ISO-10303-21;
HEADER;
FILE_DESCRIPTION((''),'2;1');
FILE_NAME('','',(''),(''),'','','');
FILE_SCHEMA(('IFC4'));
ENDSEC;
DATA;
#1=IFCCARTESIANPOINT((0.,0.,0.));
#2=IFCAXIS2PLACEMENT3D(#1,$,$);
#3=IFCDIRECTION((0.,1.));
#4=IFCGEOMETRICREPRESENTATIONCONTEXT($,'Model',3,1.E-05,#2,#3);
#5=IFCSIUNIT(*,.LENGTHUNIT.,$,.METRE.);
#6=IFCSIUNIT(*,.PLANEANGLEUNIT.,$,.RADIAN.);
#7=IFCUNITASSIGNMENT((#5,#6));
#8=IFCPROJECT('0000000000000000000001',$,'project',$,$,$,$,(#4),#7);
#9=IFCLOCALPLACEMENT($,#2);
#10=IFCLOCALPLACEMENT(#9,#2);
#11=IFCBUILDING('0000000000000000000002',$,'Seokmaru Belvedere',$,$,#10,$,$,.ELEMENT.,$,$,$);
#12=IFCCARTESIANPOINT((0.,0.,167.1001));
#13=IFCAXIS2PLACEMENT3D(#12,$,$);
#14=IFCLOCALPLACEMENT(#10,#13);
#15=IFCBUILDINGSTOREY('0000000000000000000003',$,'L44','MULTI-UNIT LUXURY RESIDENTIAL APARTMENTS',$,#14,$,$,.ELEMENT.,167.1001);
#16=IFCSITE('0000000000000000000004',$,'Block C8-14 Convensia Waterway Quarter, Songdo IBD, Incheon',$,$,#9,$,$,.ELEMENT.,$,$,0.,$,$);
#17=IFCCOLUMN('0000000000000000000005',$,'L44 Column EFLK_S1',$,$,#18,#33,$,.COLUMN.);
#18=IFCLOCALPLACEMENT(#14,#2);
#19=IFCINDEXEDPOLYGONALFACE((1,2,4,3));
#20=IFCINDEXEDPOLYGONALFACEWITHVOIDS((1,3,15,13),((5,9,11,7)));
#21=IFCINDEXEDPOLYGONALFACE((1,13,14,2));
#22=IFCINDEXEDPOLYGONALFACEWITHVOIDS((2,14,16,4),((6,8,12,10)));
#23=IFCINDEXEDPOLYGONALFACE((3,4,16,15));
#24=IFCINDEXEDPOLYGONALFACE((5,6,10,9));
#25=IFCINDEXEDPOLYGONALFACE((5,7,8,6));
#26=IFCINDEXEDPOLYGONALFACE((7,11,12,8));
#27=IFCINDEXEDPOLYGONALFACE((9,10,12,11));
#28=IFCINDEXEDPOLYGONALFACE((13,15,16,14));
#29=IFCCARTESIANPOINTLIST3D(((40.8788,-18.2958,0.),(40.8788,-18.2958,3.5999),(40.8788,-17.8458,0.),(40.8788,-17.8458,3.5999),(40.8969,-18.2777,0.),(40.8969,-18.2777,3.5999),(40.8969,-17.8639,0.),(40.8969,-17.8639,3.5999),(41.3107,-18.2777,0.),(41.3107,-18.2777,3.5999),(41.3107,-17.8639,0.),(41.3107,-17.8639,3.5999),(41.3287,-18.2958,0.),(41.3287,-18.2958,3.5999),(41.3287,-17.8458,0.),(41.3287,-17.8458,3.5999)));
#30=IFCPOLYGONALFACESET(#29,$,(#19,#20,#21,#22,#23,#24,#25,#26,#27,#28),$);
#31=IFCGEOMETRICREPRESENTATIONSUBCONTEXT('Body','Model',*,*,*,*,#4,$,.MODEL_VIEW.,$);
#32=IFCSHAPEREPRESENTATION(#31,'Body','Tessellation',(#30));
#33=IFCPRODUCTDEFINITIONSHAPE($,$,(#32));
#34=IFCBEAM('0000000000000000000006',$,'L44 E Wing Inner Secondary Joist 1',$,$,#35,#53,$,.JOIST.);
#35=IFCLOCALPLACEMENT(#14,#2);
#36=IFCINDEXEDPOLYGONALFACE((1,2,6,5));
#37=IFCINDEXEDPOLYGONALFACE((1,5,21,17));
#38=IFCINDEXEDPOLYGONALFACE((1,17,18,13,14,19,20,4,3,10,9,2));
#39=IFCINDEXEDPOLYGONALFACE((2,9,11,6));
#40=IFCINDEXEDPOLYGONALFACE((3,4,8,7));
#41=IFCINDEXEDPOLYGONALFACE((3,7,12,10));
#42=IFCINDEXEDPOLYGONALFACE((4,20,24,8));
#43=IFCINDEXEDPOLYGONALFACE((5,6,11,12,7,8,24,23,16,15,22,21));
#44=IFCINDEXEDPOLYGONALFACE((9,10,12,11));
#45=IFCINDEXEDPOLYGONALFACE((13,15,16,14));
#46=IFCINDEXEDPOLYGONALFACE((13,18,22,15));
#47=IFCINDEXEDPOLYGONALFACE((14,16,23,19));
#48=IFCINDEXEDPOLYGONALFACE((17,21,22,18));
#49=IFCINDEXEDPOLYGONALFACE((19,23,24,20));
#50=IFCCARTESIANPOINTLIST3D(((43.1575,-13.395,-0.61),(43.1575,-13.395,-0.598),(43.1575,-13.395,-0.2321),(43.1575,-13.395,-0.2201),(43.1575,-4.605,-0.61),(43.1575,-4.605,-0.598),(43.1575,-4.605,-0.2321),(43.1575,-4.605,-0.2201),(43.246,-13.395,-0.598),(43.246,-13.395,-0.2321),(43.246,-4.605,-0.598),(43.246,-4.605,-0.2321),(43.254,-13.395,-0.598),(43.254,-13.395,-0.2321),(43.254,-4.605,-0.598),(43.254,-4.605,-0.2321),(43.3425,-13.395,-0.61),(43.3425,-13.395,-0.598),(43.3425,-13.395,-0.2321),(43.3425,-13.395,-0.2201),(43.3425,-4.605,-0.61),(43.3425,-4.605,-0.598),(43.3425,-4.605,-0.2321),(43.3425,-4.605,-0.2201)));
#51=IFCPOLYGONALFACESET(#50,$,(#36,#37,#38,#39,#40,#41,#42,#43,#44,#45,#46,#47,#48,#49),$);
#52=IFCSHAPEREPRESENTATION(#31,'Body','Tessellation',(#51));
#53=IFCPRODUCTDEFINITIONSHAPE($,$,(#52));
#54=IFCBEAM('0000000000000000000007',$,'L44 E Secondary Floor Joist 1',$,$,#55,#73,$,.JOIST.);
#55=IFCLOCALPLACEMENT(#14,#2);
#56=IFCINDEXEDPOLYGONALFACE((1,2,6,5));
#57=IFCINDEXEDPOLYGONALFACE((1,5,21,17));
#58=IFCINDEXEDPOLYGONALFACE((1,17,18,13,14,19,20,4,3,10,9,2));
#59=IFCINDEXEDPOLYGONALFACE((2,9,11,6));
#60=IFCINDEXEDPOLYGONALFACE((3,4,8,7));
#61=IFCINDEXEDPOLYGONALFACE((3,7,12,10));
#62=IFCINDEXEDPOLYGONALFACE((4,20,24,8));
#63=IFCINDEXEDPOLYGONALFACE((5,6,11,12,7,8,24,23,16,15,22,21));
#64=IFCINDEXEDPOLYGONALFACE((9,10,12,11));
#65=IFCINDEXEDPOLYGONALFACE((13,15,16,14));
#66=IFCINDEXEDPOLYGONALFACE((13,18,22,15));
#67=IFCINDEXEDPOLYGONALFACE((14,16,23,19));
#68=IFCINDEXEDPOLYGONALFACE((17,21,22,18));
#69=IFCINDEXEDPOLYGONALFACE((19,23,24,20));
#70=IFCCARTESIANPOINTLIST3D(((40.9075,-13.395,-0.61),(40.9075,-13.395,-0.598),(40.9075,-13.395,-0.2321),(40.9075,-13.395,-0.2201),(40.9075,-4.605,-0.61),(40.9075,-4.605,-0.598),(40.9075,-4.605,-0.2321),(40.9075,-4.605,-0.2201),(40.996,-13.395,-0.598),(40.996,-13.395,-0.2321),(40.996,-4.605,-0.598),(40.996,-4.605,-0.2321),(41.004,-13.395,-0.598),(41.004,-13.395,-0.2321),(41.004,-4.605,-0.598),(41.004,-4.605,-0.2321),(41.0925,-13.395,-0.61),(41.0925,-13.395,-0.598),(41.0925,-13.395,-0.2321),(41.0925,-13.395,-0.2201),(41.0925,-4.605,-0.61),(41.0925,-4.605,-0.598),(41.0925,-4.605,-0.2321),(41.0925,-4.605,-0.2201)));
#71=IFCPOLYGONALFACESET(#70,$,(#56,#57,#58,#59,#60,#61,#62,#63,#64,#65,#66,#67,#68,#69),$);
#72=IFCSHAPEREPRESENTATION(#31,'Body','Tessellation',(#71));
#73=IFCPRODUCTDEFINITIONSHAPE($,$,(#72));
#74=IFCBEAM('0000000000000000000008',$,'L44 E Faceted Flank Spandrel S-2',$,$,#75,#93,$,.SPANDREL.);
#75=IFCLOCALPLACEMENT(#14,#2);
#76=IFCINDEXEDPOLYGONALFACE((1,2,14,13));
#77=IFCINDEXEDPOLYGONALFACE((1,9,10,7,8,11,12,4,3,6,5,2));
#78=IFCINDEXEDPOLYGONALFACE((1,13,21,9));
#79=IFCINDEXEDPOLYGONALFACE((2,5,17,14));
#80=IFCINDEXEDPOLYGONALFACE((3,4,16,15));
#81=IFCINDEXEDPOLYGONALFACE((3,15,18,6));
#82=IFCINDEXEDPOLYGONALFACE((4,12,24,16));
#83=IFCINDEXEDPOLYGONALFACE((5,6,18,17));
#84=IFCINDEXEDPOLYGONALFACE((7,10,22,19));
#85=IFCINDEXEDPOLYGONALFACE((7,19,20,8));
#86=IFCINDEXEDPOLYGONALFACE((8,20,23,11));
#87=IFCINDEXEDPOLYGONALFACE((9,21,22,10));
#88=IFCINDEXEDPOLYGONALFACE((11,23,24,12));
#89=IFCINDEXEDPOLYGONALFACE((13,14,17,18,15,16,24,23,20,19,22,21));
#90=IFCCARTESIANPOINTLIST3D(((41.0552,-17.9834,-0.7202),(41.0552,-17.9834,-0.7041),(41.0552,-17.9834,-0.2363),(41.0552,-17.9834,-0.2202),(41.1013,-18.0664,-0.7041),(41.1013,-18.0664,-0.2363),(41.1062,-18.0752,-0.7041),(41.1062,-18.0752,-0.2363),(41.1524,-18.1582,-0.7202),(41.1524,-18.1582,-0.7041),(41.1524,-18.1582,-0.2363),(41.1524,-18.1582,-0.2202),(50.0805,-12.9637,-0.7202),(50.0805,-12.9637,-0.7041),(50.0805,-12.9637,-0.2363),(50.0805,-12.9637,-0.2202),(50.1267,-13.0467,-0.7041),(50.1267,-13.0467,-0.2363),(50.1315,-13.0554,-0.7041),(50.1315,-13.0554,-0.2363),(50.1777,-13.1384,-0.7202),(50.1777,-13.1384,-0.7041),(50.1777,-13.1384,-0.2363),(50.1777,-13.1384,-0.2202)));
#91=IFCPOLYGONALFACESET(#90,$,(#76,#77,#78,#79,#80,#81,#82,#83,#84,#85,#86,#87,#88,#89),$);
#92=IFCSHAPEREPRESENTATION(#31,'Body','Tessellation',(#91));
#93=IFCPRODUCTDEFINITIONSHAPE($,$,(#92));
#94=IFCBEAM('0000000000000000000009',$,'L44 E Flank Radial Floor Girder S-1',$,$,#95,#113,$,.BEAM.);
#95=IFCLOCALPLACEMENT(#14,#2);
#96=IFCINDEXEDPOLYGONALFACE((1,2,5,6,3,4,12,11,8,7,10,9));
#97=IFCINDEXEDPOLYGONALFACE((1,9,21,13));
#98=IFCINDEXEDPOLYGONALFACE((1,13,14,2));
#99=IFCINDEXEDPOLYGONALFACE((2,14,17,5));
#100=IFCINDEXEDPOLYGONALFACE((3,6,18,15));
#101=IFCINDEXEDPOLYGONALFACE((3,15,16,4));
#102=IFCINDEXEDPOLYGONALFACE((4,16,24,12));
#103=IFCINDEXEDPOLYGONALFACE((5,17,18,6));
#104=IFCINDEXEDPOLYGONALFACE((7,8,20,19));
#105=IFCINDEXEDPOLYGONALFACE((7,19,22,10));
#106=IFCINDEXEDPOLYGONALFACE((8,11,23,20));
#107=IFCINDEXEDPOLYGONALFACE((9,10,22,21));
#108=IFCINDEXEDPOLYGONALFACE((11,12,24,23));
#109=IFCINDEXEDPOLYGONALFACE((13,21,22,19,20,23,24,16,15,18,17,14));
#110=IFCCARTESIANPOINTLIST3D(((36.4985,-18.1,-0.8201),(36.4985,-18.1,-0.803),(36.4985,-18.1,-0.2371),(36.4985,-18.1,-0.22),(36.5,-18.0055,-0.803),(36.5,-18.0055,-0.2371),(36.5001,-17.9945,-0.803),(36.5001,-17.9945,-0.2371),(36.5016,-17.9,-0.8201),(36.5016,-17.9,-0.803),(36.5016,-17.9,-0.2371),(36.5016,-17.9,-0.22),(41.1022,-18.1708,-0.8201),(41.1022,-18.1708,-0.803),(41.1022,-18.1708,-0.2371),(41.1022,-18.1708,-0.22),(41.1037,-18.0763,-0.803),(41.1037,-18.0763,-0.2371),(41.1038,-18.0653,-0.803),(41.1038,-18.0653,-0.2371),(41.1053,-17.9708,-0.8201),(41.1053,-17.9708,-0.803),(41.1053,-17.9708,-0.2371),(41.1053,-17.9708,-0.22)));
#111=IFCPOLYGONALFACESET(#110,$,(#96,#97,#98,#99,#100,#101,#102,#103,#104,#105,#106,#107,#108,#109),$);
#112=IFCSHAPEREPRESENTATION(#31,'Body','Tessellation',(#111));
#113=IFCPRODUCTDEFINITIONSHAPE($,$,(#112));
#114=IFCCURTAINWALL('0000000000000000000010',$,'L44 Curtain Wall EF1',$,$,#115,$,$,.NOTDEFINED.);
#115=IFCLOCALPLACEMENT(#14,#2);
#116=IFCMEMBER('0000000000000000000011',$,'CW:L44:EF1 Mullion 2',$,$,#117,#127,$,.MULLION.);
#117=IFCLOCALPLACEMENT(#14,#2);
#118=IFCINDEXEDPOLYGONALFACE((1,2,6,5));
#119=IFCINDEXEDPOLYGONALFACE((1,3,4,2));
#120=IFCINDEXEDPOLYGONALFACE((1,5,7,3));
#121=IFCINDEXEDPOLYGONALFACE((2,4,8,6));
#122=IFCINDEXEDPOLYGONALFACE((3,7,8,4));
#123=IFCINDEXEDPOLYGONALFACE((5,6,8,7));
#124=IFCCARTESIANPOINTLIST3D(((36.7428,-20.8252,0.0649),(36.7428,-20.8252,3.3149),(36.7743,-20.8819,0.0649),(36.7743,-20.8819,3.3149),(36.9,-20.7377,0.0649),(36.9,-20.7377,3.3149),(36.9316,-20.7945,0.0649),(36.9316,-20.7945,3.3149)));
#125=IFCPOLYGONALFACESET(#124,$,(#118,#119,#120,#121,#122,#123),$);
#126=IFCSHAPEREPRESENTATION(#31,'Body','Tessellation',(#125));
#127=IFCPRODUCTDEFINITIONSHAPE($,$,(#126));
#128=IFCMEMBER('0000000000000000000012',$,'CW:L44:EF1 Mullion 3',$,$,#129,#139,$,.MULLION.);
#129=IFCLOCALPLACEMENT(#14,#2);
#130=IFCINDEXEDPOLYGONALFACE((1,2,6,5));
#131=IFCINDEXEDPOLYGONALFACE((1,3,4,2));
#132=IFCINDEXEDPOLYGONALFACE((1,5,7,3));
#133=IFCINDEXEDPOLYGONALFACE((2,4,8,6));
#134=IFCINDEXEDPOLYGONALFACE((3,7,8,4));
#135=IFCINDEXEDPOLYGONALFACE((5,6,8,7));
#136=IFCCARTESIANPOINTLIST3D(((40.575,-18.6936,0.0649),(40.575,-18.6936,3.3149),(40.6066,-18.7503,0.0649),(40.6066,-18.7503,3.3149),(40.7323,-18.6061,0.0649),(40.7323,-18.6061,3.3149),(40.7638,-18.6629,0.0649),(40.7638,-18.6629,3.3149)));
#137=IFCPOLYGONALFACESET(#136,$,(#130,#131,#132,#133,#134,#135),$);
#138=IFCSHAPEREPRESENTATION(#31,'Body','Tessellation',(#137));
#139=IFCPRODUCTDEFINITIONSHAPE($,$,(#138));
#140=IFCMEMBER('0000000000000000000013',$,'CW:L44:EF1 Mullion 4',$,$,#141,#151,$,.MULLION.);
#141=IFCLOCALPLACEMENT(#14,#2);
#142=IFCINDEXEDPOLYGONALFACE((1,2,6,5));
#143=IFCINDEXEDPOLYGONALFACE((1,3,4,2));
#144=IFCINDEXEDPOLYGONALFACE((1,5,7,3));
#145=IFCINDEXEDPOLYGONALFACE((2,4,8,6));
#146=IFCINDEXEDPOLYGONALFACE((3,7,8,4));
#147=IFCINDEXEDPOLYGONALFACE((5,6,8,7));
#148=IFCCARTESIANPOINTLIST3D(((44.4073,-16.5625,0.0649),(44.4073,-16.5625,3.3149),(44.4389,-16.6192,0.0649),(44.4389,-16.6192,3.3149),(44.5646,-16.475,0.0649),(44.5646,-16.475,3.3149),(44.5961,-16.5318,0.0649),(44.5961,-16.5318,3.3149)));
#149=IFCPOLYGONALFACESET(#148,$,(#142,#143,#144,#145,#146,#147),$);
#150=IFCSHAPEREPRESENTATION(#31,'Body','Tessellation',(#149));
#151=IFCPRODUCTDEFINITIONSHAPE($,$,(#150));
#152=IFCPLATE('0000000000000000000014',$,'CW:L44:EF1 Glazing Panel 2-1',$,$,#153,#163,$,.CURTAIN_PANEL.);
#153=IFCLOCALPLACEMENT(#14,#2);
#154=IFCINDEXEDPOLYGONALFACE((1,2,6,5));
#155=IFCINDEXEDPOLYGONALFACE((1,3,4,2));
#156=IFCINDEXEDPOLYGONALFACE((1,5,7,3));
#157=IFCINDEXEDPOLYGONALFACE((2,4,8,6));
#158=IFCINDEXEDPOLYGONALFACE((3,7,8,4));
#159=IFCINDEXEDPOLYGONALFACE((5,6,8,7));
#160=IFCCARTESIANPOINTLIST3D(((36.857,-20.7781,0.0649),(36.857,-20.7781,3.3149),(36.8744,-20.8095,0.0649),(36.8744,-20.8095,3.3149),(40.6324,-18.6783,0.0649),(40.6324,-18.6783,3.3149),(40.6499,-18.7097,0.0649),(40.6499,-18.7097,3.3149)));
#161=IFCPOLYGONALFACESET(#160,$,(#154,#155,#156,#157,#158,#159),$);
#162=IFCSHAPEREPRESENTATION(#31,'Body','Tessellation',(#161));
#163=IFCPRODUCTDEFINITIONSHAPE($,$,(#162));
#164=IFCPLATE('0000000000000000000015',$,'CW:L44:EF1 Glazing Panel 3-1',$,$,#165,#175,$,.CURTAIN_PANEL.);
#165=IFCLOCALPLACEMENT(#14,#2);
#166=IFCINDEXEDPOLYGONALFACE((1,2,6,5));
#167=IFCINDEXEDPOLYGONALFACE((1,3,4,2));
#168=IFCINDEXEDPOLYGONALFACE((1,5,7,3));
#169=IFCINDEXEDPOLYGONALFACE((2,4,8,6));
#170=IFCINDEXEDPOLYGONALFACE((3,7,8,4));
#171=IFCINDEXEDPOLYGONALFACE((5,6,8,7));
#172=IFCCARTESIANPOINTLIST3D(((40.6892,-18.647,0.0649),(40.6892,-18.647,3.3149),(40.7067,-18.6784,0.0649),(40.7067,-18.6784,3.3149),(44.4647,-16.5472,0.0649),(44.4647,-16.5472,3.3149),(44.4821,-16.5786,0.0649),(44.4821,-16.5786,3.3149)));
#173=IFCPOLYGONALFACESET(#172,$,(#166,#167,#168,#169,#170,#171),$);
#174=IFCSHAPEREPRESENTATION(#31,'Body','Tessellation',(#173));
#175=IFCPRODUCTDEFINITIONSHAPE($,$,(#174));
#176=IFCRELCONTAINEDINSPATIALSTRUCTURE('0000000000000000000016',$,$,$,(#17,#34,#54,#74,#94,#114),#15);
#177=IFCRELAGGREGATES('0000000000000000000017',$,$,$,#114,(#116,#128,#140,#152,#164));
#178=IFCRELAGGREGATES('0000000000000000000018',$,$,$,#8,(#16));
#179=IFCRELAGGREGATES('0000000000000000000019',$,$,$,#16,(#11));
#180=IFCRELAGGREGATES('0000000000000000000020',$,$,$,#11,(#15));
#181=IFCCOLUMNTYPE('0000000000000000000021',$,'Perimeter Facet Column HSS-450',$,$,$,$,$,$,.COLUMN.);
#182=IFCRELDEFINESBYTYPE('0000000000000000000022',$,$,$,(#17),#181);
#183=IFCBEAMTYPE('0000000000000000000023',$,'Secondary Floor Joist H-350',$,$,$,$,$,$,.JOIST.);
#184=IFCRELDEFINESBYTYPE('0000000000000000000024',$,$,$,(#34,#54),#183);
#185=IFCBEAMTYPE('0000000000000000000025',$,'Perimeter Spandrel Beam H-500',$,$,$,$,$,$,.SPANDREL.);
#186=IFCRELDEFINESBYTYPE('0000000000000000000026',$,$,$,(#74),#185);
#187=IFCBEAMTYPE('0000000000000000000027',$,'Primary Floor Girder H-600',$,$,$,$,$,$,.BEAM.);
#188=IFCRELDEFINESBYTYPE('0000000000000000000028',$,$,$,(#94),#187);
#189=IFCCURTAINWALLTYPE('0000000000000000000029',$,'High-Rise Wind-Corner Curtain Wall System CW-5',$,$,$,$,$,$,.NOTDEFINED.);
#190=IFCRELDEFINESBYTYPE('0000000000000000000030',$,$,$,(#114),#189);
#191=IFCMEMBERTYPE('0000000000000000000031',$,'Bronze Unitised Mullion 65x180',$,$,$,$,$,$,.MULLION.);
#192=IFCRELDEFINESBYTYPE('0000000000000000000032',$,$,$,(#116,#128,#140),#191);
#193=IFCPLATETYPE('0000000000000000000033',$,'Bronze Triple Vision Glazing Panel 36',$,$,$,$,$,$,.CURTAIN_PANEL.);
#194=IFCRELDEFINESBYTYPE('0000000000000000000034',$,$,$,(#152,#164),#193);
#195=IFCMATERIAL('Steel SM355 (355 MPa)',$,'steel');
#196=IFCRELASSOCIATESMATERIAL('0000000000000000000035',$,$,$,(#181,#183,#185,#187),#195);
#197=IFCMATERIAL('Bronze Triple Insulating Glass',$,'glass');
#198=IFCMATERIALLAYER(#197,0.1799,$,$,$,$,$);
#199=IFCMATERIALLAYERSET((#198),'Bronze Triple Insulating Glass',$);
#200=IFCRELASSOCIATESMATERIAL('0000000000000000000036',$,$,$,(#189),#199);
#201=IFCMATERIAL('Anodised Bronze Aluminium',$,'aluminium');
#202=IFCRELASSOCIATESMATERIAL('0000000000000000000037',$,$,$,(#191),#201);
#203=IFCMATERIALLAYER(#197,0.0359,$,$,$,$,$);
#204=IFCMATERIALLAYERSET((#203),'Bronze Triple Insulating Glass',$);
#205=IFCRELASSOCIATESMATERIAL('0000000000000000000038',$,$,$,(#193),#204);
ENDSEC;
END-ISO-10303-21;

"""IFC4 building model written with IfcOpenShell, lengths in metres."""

from ifc_helpers import new_model, si_unit, direction, frame, origin, origin_2d, place, context, subcontext, project, spatial, rectangle, hollow_rectangle, i_section, extrude, source, transform, mapped, material, layer, layer_set, material_profile, profile_set, type_object, type_shapes, element, aggregate, save


model = new_model("IFC4")

# Units and contexts
model_context = context("Model", 3, precision=1e-05, world=origin(), true_north=direction((0.0, 1.0)))
body_context = subcontext(model_context, "Body", "Model", "MODEL_VIEW")
ifc_project = project(units=[si_unit("LENGTHUNIT", "METRE"), si_unit("PLANEANGLEUNIT", "RADIAN")], contexts=[model_context])

# Site, building, storey
site_placement = place(None, origin())
site = spatial("IfcSite", under=ifc_project, at=site_placement, Name="Block C8-14 Convensia Waterway Quarter, Songdo IBD, Incheon", CompositionType="ELEMENT", RefElevation=0.0)
building_placement = place(site_placement, origin())
building = spatial("IfcBuilding", under=site, at=building_placement, Name="Seokmaru Belvedere", CompositionType="ELEMENT")
storey_placement = place(building_placement, frame((0.0, 0.0, 167.1001)))
storey = spatial("IfcBuildingStorey", under=building, at=storey_placement, Name="L44", Description="MULTI-UNIT LUXURY RESIDENTIAL APARTMENTS", CompositionType="ELEMENT", Elevation=167.1001)

# Column
ifc_material_1 = material(Name="Steel SM355 (355 MPa)", Category="steel")
ifc_material_profile_1 = material_profile(ifc_material_1, hollow_rectangle(XDim=0.45, YDim=0.45, WallThickness=0.0181, at=origin_2d()), Name="HSS-450x450x18")
ifc_profile_set_1 = profile_set([ifc_material_profile_1], Name="Steel SM355 (355 MPa)")
column_type = type_object("IfcColumnType", Name="Perimeter Facet Column HSS-450", PredefinedType="COLUMN", material=ifc_profile_set_1)
shared_shape_1 = source(origin(), body_context, "Body", "SweptSolid", [
    extrude(hollow_rectangle(XDim=0.45, YDim=0.45, WallThickness=0.0181, at=origin_2d()), origin(), (0.0, 0.0, 1.0), 3.5999),
])
type_shapes(column_type, [shared_shape_1])
column_placement = place(storey_placement, frame((41.1038, -18.0708, 0.0), z_axis=(0.0, 0.0, 1.0), x_axis=(1.0, 0.0, 0.0)))
element("IfcColumn", 1, at=column_placement, inside=storey, type_object=column_type, Name="L44 Column EFLK_S1", PredefinedType="COLUMN", context=body_context, shape_type="MappedRepresentation", body=[
    mapped(shared_shape_1, transform((0.0, 0.0, 0.0), scale=1.0)),
])

# Beams
ifc_material_profile_2 = material_profile(ifc_material_1, i_section(OverallWidth=0.1851, OverallDepth=0.3899, WebThickness=0.0081, FlangeThickness=0.012, at=origin_2d()), Name="H-390x185x8x12")
ifc_profile_set_2 = profile_set([ifc_material_profile_2], Name="Steel SM355 (355 MPa)")
beam_type_1 = type_object("IfcBeamType", Name="Secondary Floor Joist H-350", PredefinedType="JOIST", material=ifc_profile_set_2)
shared_shape_2 = source(origin(), body_context, "Body", "SweptSolid", [
    extrude(i_section(OverallWidth=0.1851, OverallDepth=0.3899, WebThickness=0.0081, FlangeThickness=0.012, at=origin_2d()), origin(), (0.0, 0.0, 1.0), 8.79),
])
type_shapes(beam_type_1, [shared_shape_2])
for number, where, z_axis, x_axis, name in (
    (2, (43.25, -13.395, -0.415), (0.0, 1.0, 0.0), (-1.0, 0.0, 0.0), "L44 E Wing Inner Secondary Joist 1"),
    (3, (41.0, -13.395, -0.415), (0.0, 1.0, 0.0), (-1.0, 0.0, 0.0), "L44 E Secondary Floor Joist 1"),
):
    element("IfcBeam", number, at=place(storey_placement, frame(where, z_axis=z_axis, x_axis=x_axis)), inside=storey, type_object=beam_type_1, Name=name, PredefinedType="JOIST", context=body_context, shape_type="MappedRepresentation", body=[
        mapped(shared_shape_2, transform((0.0, 0.0, 0.0), scale=1.0)),
    ])
ifc_material_profile_3 = material_profile(ifc_material_1, i_section(OverallWidth=0.2, OverallDepth=0.5, WebThickness=0.01, FlangeThickness=0.0161, at=origin_2d()), Name="H-500x200x10x16")
ifc_profile_set_3 = profile_set([ifc_material_profile_3], Name="Steel SM355 (355 MPa)")
beam_type_2 = type_object("IfcBeamType", Name="Perimeter Spandrel Beam H-500", PredefinedType="SPANDREL", material=ifc_profile_set_3)
shared_shape_3 = source(origin(), body_context, "Body", "SweptSolid", [
    extrude(i_section(OverallWidth=0.2, OverallDepth=0.5, WebThickness=0.01, FlangeThickness=0.0161, at=origin_2d()), origin(), (0.0, 0.0, 1.0), 10.3274),
])
type_shapes(beam_type_2, [shared_shape_3])
beam_1_placement = place(storey_placement, frame((41.1038, -18.0708, -0.4702), z_axis=(0.873924, 0.486062, 0.0), x_axis=(-0.486062, 0.873924, 0.0)))
element("IfcBeam", 4, at=beam_1_placement, inside=storey, type_object=beam_type_2, Name="L44 E Faceted Flank Spandrel S-2", PredefinedType="SPANDREL", context=body_context, shape_type="MappedRepresentation", body=[
    mapped(shared_shape_3, transform((0.0, 0.0, 0.0), scale=1.0)),
])
ifc_material_profile_4 = material_profile(ifc_material_1, i_section(OverallWidth=0.2, OverallDepth=0.6001, WebThickness=0.011, FlangeThickness=0.0171, at=origin_2d()), Name="H-600x200x11x17")
ifc_profile_set_4 = profile_set([ifc_material_profile_4], Name="Steel SM355 (355 MPa)")
beam_type_3 = type_object("IfcBeamType", Name="Primary Floor Girder H-600", PredefinedType="BEAM", material=ifc_profile_set_4)
shared_shape_4 = source(origin(), body_context, "Body", "SweptSolid", [
    extrude(i_section(OverallWidth=0.2, OverallDepth=0.6001, WebThickness=0.011, FlangeThickness=0.0171, at=origin_2d()), origin(), (0.0, 0.0, 1.0), 4.6042),
])
type_shapes(beam_type_3, [shared_shape_4])
beam_2_placement = place(storey_placement, frame((41.1038, -18.0708, -0.52), z_axis=(-0.999882, 0.015377, 0.0), x_axis=(-0.015377, -0.999882, 0.0)))
element("IfcBeam", 5, at=beam_2_placement, inside=storey, type_object=beam_type_3, Name="L44 E Flank Radial Floor Girder S-1", PredefinedType="BEAM", context=body_context, shape_type="MappedRepresentation", body=[
    mapped(shared_shape_4, transform((0.0, 0.0, 0.0), scale=1.0)),
])

# Curtain wall, members, plates
ifc_material_2 = material(Name="Bronze Triple Insulating Glass", Category="glass")
ifc_layer_1 = layer(ifc_material_2, 0.1799)
ifc_layer_set_1 = layer_set([ifc_layer_1], Name="Bronze Triple Insulating Glass")
curtain_wall_type = type_object("IfcCurtainWallType", Name="High-Rise Wind-Corner Curtain Wall System CW-5", PredefinedType="NOTDEFINED", material=ifc_layer_set_1)
curtain_wall_placement = place(storey_placement, origin())
curtain_wall = element("IfcCurtainWall", 6, at=curtain_wall_placement, inside=storey, type_object=curtain_wall_type, Name="L44 Curtain Wall EF1", PredefinedType="NOTDEFINED")
ifc_material_3 = material(Name="Anodised Bronze Aluminium", Category="aluminium")
ifc_material_profile_5 = material_profile(ifc_material_3, rectangle(XDim=0.0649, YDim=0.1799, at=origin_2d()), Name="CW-M-65x180")
ifc_profile_set_5 = profile_set([ifc_material_profile_5], Name="Anodised Bronze Aluminium")
member_type = type_object("IfcMemberType", Name="Bronze Unitised Mullion 65x180", PredefinedType="MULLION", material=ifc_profile_set_5)
shared_shape_5 = source(origin(), body_context, "Body", "SweptSolid", [
    extrude(rectangle(XDim=0.0649, YDim=0.1799, at=origin_2d()), origin(), (0.0, 0.0, 1.0), 3.25),
])
type_shapes(member_type, [shared_shape_5])
member_1_placement = place(storey_placement, frame((36.8372, -20.8098, 0.0649), z_axis=(0.0, 0.0, 1.0), x_axis=(-0.486047, 0.873933, 0.0)))
member_1 = element("IfcMember", 7, at=member_1_placement, type_object=member_type, Name="CW:L44:EF1 Mullion 2", PredefinedType="MULLION", context=body_context, shape_type="MappedRepresentation", body=[
    mapped(shared_shape_5, transform((0.0, 0.0, 0.0), scale=1.0)),
])
member_2_placement = place(storey_placement, frame((40.6694, -18.6782, 0.0649), z_axis=(0.0, 0.0, 1.0), x_axis=(-0.486047, 0.873933, 0.0)))
member_2 = element("IfcMember", 8, at=member_2_placement, type_object=member_type, Name="CW:L44:EF1 Mullion 3", PredefinedType="MULLION", context=body_context, shape_type="MappedRepresentation", body=[
    mapped(shared_shape_5, transform((0.0, 0.0, 0.0), scale=1.0)),
])
member_3_placement = place(storey_placement, frame((44.5017, -16.5471, 0.0649), z_axis=(0.0, 0.0, 1.0), x_axis=(-0.486047, 0.873933, 0.0)))
member_3 = element("IfcMember", 9, at=member_3_placement, type_object=member_type, Name="CW:L44:EF1 Mullion 4", PredefinedType="MULLION", context=body_context, shape_type="MappedRepresentation", body=[
    mapped(shared_shape_5, transform((0.0, 0.0, 0.0), scale=1.0)),
])
ifc_layer_2 = layer(ifc_material_2, 0.0359)
ifc_layer_set_2 = layer_set([ifc_layer_2], Name="Bronze Triple Insulating Glass")
plate_type = type_object("IfcPlateType", Name="Bronze Triple Vision Glazing Panel 36", PredefinedType="CURTAIN_PANEL", material=ifc_layer_set_2)
shared_shape_6 = source(origin(), body_context, "Body", "SweptSolid", [
    extrude(rectangle(XDim=4.3201, YDim=0.0359, at=origin_2d()), origin(), (0.0, 0.0, 1.0), 3.25),
])
type_shapes(plate_type, [shared_shape_6])
plate_1_placement = place(storey_placement, frame((38.7534, -19.7439, 0.0649), z_axis=(0.0, 0.0, 1.0), x_axis=(0.873933, 0.486047, 0.0)))
plate_1 = element("IfcPlate", 10, at=plate_1_placement, type_object=plate_type, Name="CW:L44:EF1 Glazing Panel 2-1", PredefinedType="CURTAIN_PANEL", context=body_context, shape_type="MappedRepresentation", body=[
    mapped(shared_shape_6, transform((0.0, 0.0, 0.0), scale=1.0)),
])
plate_2_placement = place(storey_placement, frame((42.5857, -17.6128, 0.0649), z_axis=(0.0, 0.0, 1.0), x_axis=(0.873933, 0.486047, 0.0)))
plate_2 = element("IfcPlate", 11, at=plate_2_placement, type_object=plate_type, Name="CW:L44:EF1 Glazing Panel 3-1", PredefinedType="CURTAIN_PANEL", context=body_context, shape_type="MappedRepresentation", body=[
    mapped(shared_shape_6, transform((0.0, 0.0, 0.0), scale=1.0)),
])
aggregate(curtain_wall, [member_1, member_2, member_3, plate_1, plate_2])

save(model, "model.ifc")
